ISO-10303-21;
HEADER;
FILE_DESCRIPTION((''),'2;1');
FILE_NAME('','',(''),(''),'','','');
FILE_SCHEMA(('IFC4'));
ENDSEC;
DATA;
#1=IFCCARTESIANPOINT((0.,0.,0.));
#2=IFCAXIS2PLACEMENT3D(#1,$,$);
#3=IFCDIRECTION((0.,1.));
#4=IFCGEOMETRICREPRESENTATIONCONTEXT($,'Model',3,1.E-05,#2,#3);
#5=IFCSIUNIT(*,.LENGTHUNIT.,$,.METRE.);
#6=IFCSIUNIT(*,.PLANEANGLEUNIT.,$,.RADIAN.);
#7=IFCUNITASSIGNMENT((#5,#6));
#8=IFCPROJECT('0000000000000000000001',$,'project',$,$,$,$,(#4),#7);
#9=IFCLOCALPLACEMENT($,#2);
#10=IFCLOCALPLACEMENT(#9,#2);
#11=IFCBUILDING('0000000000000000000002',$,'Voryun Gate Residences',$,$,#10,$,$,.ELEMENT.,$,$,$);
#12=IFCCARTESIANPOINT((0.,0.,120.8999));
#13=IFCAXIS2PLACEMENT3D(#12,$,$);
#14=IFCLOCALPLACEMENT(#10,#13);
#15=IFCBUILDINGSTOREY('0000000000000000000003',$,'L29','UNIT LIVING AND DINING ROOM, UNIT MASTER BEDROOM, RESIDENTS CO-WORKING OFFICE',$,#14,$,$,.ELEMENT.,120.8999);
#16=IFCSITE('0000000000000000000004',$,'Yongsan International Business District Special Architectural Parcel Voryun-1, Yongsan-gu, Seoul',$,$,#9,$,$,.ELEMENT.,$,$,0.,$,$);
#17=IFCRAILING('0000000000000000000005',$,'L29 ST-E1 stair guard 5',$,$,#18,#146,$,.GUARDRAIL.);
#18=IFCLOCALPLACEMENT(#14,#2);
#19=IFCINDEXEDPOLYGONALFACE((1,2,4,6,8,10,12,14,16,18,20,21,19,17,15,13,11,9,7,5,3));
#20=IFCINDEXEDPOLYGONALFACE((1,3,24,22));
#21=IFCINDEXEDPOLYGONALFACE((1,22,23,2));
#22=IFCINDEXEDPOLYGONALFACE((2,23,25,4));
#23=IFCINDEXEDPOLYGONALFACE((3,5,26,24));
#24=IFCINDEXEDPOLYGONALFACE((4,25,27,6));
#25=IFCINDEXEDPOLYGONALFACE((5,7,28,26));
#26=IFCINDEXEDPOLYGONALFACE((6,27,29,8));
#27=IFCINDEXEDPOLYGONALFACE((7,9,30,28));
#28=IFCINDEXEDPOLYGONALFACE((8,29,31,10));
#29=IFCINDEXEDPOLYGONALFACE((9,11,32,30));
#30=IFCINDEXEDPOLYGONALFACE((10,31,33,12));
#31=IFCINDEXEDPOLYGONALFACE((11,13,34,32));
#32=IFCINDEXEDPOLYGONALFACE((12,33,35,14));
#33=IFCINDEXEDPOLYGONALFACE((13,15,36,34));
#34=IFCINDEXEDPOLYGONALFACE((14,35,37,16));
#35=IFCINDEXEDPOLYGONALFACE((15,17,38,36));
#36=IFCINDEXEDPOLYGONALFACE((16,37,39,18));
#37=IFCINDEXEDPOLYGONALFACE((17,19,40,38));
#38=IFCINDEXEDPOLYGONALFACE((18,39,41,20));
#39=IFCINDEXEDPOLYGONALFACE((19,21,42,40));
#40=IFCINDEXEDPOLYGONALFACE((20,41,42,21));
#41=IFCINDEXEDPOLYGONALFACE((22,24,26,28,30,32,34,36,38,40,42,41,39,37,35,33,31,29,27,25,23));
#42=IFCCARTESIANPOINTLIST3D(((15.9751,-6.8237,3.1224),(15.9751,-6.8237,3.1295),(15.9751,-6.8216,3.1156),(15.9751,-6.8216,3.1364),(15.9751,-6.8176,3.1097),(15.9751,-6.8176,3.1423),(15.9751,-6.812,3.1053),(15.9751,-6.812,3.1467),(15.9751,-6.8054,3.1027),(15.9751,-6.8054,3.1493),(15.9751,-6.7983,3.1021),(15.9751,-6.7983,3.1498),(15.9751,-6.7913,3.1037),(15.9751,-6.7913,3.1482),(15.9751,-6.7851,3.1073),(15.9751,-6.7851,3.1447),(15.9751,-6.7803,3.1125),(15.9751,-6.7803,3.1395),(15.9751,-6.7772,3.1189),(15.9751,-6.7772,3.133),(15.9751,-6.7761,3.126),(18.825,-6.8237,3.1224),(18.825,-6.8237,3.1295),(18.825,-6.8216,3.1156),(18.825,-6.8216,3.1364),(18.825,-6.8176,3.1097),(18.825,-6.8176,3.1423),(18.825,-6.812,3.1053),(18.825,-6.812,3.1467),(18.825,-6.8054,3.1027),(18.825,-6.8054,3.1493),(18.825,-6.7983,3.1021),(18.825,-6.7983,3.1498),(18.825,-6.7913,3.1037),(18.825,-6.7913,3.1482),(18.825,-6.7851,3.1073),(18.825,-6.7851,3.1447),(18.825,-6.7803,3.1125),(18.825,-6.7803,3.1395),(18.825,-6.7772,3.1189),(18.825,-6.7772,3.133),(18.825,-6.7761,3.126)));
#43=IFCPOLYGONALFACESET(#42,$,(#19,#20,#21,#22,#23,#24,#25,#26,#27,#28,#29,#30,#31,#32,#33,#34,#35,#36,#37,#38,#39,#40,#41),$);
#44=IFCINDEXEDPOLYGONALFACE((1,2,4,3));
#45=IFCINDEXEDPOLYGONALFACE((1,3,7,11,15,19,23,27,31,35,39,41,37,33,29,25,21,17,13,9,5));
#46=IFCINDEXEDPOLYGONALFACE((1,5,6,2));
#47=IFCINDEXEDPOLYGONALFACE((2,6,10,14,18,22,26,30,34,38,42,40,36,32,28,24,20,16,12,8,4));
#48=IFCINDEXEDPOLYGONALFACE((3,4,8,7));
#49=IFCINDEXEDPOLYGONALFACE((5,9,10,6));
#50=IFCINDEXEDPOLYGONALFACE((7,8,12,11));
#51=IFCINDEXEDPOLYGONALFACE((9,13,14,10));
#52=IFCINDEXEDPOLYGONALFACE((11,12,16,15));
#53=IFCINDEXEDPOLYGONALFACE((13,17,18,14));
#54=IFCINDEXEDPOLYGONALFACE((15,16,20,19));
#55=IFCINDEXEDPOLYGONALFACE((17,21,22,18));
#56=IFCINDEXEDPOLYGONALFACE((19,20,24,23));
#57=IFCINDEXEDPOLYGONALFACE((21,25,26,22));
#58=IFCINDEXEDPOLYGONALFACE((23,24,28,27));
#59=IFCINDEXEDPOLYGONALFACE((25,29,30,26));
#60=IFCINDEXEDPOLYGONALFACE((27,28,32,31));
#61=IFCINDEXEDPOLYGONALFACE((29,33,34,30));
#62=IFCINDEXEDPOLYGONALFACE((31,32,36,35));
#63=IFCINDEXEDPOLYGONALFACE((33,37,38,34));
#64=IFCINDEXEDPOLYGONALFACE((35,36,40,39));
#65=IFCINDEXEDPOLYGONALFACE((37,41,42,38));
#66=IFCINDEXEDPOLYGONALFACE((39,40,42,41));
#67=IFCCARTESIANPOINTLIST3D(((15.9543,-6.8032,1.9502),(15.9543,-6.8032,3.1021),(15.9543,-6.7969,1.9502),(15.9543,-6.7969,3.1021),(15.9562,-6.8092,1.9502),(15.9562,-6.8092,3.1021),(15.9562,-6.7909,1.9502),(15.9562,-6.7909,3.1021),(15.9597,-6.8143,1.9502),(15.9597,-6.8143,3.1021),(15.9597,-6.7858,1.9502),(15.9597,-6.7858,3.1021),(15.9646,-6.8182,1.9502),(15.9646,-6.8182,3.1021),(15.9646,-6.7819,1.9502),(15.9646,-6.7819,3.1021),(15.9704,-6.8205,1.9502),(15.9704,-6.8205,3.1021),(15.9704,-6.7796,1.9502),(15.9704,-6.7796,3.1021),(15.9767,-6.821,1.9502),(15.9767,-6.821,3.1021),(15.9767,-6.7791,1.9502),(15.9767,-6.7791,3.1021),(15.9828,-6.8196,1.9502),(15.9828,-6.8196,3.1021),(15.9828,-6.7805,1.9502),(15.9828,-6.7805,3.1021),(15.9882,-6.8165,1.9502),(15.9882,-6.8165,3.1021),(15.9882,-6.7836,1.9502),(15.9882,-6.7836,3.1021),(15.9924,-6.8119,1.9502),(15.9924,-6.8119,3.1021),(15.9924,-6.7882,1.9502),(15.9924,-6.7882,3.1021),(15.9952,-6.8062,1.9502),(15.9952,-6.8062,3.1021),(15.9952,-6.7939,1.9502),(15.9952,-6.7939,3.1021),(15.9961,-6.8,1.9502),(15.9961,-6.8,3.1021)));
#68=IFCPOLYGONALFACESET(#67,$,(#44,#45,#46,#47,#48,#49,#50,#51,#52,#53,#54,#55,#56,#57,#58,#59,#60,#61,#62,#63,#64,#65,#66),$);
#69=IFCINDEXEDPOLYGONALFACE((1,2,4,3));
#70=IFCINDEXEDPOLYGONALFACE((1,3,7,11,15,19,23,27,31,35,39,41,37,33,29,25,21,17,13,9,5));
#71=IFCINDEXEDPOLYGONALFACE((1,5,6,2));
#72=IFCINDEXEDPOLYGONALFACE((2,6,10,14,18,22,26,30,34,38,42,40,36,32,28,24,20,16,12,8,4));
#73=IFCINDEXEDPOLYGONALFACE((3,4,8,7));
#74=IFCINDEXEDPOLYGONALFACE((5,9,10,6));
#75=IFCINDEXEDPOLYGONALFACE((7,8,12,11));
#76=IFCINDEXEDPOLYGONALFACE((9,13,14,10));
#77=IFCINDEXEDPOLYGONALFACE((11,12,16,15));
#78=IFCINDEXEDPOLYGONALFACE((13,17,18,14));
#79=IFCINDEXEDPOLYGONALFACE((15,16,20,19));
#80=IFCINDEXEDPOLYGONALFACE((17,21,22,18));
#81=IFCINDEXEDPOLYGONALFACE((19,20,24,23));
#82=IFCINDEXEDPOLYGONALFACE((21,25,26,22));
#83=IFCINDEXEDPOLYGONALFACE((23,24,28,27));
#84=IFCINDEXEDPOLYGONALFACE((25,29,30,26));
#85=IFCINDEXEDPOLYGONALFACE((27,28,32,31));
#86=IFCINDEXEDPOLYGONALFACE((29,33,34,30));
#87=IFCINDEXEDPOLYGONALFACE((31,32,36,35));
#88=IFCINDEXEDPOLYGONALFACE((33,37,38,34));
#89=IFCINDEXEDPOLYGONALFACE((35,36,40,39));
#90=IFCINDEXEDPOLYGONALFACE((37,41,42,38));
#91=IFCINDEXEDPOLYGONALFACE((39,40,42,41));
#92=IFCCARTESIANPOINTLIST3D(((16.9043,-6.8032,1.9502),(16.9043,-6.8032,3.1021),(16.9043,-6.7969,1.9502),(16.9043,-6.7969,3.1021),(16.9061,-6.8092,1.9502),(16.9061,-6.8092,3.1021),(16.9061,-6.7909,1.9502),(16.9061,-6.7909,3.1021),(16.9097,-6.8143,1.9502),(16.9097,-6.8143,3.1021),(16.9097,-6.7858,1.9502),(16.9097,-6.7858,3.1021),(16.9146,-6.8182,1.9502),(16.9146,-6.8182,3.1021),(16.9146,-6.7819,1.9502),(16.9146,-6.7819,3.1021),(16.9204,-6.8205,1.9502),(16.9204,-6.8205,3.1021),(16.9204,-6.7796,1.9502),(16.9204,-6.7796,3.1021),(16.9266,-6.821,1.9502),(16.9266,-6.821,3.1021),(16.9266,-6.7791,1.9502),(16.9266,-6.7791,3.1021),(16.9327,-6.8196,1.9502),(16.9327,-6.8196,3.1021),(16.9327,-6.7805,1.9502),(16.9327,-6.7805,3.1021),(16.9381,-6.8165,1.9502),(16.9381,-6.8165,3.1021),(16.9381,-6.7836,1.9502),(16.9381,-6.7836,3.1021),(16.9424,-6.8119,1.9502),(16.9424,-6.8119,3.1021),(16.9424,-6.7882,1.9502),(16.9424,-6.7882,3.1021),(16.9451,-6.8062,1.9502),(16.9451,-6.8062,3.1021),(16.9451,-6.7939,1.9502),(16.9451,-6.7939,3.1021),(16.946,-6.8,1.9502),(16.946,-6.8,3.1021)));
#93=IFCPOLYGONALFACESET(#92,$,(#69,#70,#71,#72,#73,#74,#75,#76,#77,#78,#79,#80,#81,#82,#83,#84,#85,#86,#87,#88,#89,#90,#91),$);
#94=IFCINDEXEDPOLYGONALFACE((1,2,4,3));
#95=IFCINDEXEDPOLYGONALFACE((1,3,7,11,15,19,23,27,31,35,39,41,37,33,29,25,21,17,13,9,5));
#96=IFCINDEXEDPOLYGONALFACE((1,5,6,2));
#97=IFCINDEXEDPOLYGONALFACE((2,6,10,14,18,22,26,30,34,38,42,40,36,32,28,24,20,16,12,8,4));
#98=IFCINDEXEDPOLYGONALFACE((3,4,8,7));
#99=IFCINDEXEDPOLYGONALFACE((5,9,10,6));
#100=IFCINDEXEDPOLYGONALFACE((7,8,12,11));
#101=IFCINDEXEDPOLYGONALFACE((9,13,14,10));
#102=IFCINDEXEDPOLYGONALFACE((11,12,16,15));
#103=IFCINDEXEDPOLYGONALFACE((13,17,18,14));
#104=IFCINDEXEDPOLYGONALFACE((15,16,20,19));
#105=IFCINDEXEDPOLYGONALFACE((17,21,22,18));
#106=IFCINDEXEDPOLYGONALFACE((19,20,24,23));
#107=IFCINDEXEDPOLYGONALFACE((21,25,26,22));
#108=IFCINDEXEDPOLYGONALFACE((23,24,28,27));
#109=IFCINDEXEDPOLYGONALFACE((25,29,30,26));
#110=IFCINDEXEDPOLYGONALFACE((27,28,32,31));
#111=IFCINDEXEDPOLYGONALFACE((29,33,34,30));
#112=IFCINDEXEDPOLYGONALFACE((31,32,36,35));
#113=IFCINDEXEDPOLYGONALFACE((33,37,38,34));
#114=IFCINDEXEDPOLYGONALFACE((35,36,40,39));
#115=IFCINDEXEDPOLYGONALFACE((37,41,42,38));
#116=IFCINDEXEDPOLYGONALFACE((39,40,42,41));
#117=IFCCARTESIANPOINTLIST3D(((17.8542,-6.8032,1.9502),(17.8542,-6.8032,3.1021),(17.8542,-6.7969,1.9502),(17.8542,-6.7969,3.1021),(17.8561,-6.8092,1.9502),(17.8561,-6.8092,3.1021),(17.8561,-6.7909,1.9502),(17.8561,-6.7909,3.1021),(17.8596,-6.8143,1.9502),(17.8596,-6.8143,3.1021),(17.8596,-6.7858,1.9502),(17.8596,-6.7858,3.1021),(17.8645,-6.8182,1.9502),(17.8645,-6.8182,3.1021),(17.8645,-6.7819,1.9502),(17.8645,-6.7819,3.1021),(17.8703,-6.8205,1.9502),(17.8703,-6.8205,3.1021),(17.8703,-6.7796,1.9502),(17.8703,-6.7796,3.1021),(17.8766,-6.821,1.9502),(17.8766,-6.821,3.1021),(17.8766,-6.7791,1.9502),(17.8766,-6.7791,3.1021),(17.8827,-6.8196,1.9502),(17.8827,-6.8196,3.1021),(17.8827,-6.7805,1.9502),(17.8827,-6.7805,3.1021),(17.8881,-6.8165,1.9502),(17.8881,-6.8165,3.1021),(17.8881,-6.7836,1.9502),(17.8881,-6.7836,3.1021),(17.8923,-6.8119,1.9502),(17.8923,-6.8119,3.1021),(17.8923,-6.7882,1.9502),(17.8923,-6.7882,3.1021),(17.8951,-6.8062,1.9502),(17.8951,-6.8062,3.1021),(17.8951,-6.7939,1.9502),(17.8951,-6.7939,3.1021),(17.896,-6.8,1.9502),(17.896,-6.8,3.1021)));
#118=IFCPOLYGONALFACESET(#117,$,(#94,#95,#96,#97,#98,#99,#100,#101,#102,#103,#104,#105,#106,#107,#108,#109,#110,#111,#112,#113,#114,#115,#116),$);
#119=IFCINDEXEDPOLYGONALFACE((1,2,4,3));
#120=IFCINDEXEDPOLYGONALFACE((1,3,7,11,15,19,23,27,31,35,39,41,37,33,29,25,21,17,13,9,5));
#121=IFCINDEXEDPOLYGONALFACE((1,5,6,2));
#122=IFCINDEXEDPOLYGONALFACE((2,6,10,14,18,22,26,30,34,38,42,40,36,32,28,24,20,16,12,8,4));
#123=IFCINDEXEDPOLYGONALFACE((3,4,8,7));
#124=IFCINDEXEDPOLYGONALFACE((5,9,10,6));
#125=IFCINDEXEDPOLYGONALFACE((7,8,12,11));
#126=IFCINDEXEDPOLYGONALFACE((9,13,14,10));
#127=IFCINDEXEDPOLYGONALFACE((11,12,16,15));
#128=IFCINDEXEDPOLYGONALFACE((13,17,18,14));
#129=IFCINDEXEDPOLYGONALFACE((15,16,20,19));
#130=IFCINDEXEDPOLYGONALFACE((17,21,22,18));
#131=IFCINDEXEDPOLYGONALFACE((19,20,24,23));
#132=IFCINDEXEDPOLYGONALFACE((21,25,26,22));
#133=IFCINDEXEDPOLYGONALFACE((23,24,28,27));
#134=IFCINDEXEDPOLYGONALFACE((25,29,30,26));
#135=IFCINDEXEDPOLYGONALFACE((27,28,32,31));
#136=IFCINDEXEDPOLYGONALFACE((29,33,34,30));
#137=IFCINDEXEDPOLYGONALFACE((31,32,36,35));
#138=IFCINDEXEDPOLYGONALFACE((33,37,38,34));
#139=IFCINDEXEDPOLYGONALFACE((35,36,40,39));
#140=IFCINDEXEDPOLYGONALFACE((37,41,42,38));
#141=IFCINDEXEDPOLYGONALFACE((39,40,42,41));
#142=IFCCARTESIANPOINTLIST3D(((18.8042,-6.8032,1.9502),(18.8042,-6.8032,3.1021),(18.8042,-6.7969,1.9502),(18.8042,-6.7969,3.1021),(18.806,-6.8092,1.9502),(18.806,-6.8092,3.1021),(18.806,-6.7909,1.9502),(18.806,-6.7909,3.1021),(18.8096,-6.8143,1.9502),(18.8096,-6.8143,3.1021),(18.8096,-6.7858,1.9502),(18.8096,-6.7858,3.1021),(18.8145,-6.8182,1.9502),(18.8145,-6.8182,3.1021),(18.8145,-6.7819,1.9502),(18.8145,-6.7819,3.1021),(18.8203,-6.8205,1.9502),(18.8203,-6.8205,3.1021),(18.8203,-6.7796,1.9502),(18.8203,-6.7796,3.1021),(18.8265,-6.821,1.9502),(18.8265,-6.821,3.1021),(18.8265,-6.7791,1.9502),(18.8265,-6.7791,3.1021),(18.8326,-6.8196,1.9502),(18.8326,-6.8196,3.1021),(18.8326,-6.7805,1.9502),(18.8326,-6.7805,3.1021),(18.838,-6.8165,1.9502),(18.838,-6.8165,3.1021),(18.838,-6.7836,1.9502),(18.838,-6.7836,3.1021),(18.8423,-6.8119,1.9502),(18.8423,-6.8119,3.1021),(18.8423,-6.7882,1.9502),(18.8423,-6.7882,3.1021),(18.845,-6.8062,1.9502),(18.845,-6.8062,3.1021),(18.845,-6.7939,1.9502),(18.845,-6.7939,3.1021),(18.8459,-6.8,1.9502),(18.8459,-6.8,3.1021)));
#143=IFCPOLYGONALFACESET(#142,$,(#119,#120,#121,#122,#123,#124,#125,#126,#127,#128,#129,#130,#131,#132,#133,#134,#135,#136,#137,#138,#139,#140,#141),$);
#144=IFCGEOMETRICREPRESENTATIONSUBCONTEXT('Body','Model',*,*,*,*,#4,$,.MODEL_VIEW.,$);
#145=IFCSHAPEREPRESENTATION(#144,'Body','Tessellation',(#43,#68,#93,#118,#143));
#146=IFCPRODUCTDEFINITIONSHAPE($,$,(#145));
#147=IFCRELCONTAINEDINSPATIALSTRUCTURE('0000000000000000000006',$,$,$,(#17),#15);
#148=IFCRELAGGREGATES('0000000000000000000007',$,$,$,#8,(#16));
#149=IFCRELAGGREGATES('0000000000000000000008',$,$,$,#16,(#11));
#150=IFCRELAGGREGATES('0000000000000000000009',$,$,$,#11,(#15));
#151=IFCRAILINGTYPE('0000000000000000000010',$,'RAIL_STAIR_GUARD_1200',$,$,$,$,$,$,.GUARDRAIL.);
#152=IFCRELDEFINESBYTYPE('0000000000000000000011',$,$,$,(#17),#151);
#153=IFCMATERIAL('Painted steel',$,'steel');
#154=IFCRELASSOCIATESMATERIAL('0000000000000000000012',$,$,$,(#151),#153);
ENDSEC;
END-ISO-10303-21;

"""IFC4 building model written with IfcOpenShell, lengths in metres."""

from ifc_helpers import new_model, si_unit, direction, frame, origin, origin_2d, place, context, subcontext, project, spatial, circle, extrude, material, type_object, element, save


model = new_model("IFC4")

# Units and contexts
model_context = context("Model", 3, precision=1e-05, world=origin(), true_north=direction((0.0, 1.0)))
body_context = subcontext(model_context, "Body", "Model", "MODEL_VIEW")
ifc_project = project(units=[si_unit("LENGTHUNIT", "METRE"), si_unit("PLANEANGLEUNIT", "RADIAN")], contexts=[model_context])

# Site, building, storey
site_placement = place(None, origin())
site = spatial("IfcSite", under=ifc_project, at=site_placement, Name="Yongsan International Business District Special Architectural Parcel Voryun-1, Yongsan-gu, Seoul", CompositionType="ELEMENT", RefElevation=0.0)
building_placement = place(site_placement, origin())
building = spatial("IfcBuilding", under=site, at=building_placement, Name="Voryun Gate Residences", CompositionType="ELEMENT")
storey_placement = place(building_placement, frame((0.0, 0.0, 120.8999)))
storey = spatial("IfcBuildingStorey", under=building, at=storey_placement, Name="L29", Description="UNIT LIVING AND DINING ROOM, UNIT MASTER BEDROOM, RESIDENTS CO-WORKING OFFICE", CompositionType="ELEMENT", Elevation=120.8999)

# Railing
ifc_material_1 = material(Name="Painted steel", Category="steel")
railing_type_1 = type_object("IfcRailingType", Name="RAIL_STAIR_GUARD_1200", PredefinedType="GUARDRAIL", material=ifc_material_1)
railing_1_placement = place(storey_placement, frame((15.9751, -6.8, 1.9502)))
element("IfcRailing", 1, at=railing_1_placement, inside=storey, type_object=railing_type_1, Name="L29 ST-E1 stair guard 5", PredefinedType="GUARDRAIL", context=body_context, shape_type="SweptSolid", body=[
    extrude(circle(Radius=0.0239, at=origin_2d()), frame((0.0, 0.0, 1.1758), z_axis=(1.0, 0.0, 0.0), x_axis=(0.0, 1.0, 0.0)), (0.0, 0.0, 1.0), 2.8499),
    extrude(circle(Radius=0.021, at=origin_2d()), origin(), (0.0, 0.0, 1.0), 1.1519),
    extrude(circle(Radius=0.021, at=origin_2d()), frame((0.95, 0.0, 0.0)), (0.0, 0.0, 1.0), 1.1519),
    extrude(circle(Radius=0.021, at=origin_2d()), frame((1.8999, 0.0, 0.0)), (0.0, 0.0, 1.0), 1.1519),
    extrude(circle(Radius=0.021, at=origin_2d()), frame((2.8499, 0.0, 0.0)), (0.0, 0.0, 1.0), 1.1519),
])

save(model, "model.ifc")
